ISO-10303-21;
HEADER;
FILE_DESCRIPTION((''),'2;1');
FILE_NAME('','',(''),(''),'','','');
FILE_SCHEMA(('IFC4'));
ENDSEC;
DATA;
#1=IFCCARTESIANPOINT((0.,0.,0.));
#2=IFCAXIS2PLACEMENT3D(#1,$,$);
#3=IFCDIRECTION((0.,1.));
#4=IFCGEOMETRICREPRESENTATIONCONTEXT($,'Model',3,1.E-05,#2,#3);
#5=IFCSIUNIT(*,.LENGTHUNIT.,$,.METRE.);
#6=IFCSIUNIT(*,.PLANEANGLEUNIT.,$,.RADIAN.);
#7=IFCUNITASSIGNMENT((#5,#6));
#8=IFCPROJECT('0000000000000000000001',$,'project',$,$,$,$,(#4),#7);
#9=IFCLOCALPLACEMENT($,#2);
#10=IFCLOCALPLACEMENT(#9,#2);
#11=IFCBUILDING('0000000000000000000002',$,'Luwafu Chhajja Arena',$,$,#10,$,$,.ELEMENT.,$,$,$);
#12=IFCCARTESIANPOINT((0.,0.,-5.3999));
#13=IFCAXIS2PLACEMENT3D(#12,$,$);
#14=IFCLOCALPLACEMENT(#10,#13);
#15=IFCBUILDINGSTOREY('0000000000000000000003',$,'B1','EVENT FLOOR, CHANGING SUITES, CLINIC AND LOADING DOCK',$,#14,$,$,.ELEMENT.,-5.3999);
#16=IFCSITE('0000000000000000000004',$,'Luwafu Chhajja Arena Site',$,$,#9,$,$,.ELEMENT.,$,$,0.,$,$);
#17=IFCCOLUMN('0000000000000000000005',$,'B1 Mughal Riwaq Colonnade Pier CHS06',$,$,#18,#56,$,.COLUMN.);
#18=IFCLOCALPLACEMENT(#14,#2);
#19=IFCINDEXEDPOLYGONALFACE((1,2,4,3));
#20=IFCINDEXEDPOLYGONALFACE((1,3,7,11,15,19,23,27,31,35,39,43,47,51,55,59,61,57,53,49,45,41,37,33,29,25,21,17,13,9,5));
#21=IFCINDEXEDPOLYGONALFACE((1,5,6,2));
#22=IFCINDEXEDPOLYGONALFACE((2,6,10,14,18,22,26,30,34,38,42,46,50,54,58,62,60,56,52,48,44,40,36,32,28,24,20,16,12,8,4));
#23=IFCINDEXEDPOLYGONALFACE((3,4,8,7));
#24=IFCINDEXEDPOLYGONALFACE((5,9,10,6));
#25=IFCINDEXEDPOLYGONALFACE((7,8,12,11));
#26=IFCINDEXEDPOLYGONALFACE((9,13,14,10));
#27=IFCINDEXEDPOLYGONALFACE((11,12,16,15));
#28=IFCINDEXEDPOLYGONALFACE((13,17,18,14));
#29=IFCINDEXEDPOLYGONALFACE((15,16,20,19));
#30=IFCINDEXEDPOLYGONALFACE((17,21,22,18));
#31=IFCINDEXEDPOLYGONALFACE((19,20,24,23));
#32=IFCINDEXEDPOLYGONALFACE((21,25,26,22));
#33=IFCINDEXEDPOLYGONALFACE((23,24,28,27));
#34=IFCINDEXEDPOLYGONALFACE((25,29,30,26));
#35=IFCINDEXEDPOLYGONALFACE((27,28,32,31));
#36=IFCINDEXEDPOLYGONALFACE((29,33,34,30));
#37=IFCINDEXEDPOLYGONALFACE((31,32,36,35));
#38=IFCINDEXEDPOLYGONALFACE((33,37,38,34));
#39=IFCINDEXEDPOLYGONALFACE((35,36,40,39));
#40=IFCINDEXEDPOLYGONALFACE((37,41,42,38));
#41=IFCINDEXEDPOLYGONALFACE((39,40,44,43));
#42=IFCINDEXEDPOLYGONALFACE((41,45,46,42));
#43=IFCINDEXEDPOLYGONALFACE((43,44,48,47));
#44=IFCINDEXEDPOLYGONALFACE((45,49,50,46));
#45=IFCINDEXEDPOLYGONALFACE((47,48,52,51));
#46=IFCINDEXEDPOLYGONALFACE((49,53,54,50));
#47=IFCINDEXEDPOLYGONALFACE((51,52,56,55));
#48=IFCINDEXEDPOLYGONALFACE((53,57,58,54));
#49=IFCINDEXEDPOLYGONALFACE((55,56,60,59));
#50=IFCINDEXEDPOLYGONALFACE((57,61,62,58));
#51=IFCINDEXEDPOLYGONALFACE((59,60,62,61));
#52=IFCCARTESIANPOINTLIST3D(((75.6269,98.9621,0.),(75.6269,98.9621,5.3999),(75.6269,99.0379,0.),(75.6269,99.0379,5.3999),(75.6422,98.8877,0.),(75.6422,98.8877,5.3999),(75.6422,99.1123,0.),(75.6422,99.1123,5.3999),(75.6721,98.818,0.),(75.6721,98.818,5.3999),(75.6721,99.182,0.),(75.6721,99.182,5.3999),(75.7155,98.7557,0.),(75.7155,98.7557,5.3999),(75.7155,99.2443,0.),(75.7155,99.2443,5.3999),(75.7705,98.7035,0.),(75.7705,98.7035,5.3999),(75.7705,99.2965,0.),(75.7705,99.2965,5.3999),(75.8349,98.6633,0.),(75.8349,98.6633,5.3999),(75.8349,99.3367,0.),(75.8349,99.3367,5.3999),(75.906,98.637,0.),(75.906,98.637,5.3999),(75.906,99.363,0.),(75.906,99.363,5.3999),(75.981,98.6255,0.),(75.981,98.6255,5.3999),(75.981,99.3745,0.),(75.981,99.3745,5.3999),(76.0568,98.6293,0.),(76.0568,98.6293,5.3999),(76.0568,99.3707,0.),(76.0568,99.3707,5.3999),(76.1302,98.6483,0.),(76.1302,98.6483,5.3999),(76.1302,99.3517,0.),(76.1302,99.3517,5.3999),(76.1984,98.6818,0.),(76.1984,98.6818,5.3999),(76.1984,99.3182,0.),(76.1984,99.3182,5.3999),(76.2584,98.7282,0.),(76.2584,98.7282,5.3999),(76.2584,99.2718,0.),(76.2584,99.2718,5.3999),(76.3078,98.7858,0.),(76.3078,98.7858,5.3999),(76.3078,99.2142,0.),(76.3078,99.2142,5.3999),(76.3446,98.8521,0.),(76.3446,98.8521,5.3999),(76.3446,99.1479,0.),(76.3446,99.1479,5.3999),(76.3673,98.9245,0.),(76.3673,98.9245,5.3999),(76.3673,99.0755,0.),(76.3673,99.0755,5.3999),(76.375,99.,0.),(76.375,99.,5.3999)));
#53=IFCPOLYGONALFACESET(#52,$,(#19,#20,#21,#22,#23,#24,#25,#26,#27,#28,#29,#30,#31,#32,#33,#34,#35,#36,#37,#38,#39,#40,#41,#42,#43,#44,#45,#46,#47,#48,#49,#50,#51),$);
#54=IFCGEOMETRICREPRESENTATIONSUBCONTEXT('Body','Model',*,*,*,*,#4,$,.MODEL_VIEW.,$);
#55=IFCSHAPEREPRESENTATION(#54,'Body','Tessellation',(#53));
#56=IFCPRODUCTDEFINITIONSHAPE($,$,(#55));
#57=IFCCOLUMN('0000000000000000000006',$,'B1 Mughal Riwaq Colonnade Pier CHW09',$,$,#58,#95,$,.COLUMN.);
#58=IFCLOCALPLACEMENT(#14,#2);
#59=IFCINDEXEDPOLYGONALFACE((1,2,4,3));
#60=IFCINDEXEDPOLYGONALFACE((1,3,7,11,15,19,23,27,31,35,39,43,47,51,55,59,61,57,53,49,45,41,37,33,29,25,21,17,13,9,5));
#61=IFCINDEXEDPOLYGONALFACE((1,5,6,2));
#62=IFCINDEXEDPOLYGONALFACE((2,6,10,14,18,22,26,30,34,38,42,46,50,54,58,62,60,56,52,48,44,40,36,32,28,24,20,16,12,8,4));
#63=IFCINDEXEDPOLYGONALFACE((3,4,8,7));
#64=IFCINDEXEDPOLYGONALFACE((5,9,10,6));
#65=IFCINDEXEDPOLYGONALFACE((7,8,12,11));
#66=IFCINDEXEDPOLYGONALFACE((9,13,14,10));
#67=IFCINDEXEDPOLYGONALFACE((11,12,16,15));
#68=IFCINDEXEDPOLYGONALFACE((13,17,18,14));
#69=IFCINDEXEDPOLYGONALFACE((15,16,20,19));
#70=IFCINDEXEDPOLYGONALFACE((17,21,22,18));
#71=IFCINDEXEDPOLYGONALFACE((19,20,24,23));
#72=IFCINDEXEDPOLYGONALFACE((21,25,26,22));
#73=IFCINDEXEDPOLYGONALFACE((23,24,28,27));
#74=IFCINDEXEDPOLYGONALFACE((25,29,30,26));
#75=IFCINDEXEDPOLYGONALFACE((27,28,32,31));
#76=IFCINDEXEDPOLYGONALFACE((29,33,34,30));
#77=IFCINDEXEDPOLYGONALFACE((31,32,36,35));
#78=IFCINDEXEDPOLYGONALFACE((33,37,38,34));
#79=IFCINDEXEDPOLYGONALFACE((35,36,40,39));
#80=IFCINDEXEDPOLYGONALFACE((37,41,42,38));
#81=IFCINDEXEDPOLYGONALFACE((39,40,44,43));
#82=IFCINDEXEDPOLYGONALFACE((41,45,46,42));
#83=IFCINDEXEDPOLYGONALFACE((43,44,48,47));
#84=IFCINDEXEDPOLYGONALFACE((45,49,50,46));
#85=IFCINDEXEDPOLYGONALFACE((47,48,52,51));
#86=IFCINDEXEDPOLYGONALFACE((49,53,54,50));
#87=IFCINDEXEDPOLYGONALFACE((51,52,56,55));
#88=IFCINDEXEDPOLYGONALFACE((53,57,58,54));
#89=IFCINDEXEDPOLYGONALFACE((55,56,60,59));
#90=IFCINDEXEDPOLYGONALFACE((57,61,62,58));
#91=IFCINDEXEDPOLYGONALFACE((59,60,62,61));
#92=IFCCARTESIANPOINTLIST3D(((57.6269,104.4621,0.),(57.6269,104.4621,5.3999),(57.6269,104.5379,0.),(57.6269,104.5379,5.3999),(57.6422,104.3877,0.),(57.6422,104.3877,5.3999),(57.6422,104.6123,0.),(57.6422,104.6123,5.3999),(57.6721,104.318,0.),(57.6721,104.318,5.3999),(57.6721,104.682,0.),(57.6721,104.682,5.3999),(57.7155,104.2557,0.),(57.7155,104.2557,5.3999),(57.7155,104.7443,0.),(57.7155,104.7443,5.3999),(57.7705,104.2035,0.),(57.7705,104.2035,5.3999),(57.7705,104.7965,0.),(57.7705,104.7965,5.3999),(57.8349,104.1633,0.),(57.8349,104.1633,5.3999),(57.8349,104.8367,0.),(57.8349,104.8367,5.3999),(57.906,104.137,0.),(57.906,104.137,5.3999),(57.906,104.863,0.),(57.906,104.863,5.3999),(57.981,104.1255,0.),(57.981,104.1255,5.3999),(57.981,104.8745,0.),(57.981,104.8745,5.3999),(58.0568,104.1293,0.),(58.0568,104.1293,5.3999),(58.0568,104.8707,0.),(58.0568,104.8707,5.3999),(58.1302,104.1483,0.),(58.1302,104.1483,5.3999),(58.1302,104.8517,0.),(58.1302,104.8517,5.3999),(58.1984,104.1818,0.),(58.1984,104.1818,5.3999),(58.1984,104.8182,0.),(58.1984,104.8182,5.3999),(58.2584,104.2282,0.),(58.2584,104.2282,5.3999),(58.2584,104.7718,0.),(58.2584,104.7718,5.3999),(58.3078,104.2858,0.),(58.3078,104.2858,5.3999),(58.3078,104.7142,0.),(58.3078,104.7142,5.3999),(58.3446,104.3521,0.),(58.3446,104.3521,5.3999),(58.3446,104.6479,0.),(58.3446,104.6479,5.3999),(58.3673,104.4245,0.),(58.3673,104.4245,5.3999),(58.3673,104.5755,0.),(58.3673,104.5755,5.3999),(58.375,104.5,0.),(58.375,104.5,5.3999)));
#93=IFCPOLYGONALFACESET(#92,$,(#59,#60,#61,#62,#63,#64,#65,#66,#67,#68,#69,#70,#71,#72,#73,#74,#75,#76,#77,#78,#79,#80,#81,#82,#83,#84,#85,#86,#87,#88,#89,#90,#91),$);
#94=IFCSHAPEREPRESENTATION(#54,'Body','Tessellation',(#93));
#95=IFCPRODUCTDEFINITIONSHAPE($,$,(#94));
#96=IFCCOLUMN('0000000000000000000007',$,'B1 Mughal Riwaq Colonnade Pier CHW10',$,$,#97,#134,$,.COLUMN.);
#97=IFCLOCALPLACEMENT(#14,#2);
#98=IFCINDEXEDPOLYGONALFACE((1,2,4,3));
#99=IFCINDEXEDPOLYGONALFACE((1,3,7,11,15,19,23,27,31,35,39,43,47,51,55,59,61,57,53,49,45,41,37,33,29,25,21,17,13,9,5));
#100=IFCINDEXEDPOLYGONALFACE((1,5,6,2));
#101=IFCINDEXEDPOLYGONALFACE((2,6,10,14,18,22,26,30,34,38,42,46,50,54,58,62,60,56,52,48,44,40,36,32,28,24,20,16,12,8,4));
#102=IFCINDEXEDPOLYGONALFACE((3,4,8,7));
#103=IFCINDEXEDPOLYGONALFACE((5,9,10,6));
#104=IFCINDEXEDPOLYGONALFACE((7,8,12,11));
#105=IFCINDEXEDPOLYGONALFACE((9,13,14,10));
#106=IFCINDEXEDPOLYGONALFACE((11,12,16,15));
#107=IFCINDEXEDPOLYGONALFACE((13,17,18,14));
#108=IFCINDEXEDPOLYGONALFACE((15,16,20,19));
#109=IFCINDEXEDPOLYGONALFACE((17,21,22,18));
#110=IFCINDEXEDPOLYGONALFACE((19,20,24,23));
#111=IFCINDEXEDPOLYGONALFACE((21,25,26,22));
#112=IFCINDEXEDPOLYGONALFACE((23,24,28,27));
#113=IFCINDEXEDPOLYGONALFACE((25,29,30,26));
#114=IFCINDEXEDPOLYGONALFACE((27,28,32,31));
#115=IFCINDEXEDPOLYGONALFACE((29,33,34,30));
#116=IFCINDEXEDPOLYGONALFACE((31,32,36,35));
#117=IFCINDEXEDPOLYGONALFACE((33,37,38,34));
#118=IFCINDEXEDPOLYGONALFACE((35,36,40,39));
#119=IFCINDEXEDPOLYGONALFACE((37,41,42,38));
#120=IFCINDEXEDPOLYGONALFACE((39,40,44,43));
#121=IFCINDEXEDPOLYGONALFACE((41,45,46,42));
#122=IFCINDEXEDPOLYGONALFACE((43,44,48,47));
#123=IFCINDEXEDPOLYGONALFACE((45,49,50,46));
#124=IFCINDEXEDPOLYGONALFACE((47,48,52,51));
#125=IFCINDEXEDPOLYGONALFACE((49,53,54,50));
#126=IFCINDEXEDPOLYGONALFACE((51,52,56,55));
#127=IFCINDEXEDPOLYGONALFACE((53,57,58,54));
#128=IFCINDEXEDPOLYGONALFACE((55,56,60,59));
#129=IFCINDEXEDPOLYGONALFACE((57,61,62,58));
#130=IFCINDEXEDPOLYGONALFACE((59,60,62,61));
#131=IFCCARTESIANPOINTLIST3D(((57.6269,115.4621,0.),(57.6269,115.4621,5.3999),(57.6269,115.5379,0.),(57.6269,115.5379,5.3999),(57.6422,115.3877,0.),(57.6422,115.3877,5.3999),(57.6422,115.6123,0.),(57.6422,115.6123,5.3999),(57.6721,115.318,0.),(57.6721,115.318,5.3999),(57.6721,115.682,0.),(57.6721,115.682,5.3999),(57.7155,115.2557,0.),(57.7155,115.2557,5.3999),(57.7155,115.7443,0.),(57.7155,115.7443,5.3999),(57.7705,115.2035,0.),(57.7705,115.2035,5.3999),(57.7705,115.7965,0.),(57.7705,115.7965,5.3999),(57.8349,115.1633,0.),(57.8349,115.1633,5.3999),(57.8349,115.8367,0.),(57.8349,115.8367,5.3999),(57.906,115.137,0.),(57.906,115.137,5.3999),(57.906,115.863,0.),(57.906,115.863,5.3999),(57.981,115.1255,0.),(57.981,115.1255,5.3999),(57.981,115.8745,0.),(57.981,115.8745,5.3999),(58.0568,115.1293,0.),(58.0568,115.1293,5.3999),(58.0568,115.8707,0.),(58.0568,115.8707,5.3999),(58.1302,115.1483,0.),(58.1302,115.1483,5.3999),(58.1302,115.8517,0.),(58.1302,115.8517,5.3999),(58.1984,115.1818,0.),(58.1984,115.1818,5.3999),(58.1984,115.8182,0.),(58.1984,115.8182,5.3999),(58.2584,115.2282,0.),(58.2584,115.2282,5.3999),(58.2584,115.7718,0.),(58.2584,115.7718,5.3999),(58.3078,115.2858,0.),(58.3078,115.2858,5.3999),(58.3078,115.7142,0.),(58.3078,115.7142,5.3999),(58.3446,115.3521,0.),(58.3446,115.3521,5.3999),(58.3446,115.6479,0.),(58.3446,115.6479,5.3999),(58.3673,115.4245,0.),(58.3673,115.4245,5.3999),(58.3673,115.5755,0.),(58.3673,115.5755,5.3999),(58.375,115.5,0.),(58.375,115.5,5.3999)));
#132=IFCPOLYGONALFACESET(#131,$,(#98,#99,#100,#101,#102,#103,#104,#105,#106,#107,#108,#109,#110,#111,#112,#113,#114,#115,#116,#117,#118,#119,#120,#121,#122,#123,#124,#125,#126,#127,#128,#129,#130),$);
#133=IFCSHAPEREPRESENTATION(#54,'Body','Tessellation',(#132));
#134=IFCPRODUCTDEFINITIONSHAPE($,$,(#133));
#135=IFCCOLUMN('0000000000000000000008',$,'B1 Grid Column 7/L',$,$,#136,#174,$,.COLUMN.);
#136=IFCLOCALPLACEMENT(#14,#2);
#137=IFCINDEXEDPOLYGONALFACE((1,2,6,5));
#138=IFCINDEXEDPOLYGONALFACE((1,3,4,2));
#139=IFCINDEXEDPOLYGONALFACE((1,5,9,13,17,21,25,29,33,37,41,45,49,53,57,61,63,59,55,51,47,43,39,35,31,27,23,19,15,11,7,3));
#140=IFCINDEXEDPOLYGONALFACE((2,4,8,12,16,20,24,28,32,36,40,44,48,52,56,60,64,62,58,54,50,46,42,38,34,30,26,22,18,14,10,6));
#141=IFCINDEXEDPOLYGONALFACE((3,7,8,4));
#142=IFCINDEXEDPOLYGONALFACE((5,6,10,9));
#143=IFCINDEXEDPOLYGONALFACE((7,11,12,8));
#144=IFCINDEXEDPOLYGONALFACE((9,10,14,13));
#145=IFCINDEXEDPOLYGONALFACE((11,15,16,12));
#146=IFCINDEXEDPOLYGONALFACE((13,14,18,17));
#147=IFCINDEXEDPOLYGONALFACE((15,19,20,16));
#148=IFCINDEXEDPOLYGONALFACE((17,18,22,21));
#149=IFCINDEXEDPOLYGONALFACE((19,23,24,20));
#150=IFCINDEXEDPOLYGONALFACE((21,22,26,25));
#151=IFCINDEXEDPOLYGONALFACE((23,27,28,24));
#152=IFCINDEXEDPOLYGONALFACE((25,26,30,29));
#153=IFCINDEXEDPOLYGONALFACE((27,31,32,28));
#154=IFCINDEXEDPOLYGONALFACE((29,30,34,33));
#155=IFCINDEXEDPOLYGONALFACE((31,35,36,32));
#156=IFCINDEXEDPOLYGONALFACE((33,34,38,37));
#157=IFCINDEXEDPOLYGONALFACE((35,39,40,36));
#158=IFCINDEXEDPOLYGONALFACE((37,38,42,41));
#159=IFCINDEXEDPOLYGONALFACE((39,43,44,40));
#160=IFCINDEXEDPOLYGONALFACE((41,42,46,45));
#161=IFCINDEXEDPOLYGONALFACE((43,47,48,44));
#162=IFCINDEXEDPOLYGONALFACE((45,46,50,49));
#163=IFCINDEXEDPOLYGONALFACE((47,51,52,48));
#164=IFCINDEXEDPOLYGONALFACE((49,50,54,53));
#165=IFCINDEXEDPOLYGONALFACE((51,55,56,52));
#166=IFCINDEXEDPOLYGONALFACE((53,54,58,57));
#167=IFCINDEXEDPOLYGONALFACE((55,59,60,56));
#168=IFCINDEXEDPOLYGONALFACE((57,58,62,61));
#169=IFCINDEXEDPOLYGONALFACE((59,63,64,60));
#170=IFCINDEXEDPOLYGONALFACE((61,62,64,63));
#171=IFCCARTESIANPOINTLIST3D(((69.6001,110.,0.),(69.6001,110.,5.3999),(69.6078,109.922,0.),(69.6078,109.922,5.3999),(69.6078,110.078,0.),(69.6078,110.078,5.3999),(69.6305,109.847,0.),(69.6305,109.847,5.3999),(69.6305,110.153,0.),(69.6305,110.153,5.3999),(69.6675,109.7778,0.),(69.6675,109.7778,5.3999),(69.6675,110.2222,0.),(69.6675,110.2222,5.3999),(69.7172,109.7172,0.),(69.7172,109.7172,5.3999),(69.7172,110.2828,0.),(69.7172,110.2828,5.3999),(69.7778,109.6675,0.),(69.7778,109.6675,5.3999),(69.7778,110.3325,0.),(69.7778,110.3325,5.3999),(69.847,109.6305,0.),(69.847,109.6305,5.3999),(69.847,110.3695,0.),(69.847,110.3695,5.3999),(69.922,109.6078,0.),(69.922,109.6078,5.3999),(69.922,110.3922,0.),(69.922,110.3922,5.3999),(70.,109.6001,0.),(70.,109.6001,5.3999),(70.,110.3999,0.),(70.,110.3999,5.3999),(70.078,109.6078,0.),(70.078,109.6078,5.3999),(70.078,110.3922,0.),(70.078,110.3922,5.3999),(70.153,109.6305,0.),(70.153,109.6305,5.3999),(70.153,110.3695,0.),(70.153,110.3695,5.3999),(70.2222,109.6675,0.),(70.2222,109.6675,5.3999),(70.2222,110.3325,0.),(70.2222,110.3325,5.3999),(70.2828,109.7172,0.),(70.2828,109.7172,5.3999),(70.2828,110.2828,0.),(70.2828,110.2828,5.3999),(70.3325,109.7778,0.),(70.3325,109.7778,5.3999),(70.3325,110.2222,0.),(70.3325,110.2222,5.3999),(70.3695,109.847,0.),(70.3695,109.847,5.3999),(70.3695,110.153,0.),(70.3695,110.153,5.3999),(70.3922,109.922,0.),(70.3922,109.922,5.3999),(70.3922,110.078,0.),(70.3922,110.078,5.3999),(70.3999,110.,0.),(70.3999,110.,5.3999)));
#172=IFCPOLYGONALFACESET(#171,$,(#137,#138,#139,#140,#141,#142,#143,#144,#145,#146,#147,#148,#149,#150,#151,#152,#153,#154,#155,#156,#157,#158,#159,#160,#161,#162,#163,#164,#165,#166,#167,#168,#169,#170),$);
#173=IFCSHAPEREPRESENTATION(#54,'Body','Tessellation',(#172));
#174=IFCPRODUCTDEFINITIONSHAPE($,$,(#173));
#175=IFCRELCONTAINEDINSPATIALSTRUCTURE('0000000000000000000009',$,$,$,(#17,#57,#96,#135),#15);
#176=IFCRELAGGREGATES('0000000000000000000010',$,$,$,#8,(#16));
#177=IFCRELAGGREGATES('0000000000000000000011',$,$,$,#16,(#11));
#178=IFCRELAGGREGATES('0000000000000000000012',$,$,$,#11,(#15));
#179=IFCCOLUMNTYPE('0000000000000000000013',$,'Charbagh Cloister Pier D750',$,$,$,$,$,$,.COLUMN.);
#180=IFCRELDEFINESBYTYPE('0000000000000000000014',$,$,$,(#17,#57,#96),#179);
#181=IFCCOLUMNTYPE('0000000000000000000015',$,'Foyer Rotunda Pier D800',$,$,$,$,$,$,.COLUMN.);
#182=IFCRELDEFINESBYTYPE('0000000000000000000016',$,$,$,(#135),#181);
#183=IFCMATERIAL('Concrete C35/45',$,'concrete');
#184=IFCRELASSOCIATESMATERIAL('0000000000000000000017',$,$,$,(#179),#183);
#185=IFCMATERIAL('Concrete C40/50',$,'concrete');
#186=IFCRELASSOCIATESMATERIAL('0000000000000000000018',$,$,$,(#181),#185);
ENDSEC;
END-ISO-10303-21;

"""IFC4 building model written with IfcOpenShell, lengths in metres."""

from ifc_helpers import new_model, si_unit, direction, frame, origin, origin_2d, place, context, subcontext, project, spatial, circle, extrude, material, material_profile, profile_set, type_object, element, save


model = new_model("IFC4")

# Units and contexts
model_context = context("Model", 3, precision=1e-05, world=origin(), true_north=direction((0.0, 1.0)))
body_context = subcontext(model_context, "Body", "Model", "MODEL_VIEW")
ifc_project = project(units=[si_unit("LENGTHUNIT", "METRE"), si_unit("PLANEANGLEUNIT", "RADIAN")], contexts=[model_context])

# Site, building, storey
site_placement = place(None, origin())
site = spatial("IfcSite", under=ifc_project, at=site_placement, Name="Luwafu Chhajja Arena Site", CompositionType="ELEMENT", RefElevation=0.0)
building_placement = place(site_placement, origin())
building = spatial("IfcBuilding", under=site, at=building_placement, Name="Luwafu Chhajja Arena", CompositionType="ELEMENT")
storey_placement = place(building_placement, frame((0.0, 0.0, -5.3999)))
storey = spatial("IfcBuildingStorey", under=building, at=storey_placement, Name="B1", Description="EVENT FLOOR, CHANGING SUITES, CLINIC AND LOADING DOCK", CompositionType="ELEMENT", Elevation=-5.3999)

# Shared definitions
ifc_material_1 = material(Name="Concrete C35/45", Category="concrete")

# Columns
ifc_material_profile_1 = material_profile(ifc_material_1, circle(Radius=0.375, at=origin_2d()), Name="RC COL D750")
ifc_profile_set_1 = profile_set([ifc_material_profile_1], Name="Concrete C35/45")
column_type_1 = type_object("IfcColumnType", Name="Charbagh Cloister Pier D750", PredefinedType="COLUMN", material=ifc_profile_set_1)
for number, where, z_axis, x_axis, name in (
    (1, (76.0, 99.0, 0.0), (0.0, 0.0, 1.0), (1.0, 0.0, 0.0), "B1 Mughal Riwaq Colonnade Pier CHS06"),
    (2, (58.0, 104.5, 0.0), (0.0, 0.0, 1.0), (1.0, 0.0, 0.0), "B1 Mughal Riwaq Colonnade Pier CHW09"),
    (3, (58.0, 115.5, 0.0), (0.0, 0.0, 1.0), (1.0, 0.0, 0.0), "B1 Mughal Riwaq Colonnade Pier CHW10"),
):
    element("IfcColumn", number, at=place(storey_placement, frame(where, z_axis=z_axis, x_axis=x_axis)), inside=storey, type_object=column_type_1, Name=name, PredefinedType="COLUMN", context=body_context, shape_type="SweptSolid", body=[
        extrude(circle(Radius=0.375, at=origin_2d()), origin(), (0.0, 0.0, 1.0), 5.3999),
    ])
ifc_material_2 = material(Name="Concrete C40/50", Category="concrete")
ifc_material_profile_2 = material_profile(ifc_material_2, circle(Radius=0.3999, at=origin_2d()), Name="RC COL D800")
ifc_profile_set_2 = profile_set([ifc_material_profile_2], Name="Concrete C40/50")
column_type_2 = type_object("IfcColumnType", Name="Foyer Rotunda Pier D800", PredefinedType="COLUMN", material=ifc_profile_set_2)
column_1_placement = place(storey_placement, frame((70.0, 110.0, 0.0), z_axis=(0.0, 0.0, 1.0), x_axis=(1.0, 0.0, 0.0)))
element("IfcColumn", 4, at=column_1_placement, inside=storey, type_object=column_type_2, Name="B1 Grid Column 7/L", PredefinedType="COLUMN", context=body_context, shape_type="SweptSolid", body=[
    extrude(circle(Radius=0.3999, at=origin_2d()), origin(), (0.0, 0.0, 1.0), 5.3999),
])

save(model, "model.ifc")
